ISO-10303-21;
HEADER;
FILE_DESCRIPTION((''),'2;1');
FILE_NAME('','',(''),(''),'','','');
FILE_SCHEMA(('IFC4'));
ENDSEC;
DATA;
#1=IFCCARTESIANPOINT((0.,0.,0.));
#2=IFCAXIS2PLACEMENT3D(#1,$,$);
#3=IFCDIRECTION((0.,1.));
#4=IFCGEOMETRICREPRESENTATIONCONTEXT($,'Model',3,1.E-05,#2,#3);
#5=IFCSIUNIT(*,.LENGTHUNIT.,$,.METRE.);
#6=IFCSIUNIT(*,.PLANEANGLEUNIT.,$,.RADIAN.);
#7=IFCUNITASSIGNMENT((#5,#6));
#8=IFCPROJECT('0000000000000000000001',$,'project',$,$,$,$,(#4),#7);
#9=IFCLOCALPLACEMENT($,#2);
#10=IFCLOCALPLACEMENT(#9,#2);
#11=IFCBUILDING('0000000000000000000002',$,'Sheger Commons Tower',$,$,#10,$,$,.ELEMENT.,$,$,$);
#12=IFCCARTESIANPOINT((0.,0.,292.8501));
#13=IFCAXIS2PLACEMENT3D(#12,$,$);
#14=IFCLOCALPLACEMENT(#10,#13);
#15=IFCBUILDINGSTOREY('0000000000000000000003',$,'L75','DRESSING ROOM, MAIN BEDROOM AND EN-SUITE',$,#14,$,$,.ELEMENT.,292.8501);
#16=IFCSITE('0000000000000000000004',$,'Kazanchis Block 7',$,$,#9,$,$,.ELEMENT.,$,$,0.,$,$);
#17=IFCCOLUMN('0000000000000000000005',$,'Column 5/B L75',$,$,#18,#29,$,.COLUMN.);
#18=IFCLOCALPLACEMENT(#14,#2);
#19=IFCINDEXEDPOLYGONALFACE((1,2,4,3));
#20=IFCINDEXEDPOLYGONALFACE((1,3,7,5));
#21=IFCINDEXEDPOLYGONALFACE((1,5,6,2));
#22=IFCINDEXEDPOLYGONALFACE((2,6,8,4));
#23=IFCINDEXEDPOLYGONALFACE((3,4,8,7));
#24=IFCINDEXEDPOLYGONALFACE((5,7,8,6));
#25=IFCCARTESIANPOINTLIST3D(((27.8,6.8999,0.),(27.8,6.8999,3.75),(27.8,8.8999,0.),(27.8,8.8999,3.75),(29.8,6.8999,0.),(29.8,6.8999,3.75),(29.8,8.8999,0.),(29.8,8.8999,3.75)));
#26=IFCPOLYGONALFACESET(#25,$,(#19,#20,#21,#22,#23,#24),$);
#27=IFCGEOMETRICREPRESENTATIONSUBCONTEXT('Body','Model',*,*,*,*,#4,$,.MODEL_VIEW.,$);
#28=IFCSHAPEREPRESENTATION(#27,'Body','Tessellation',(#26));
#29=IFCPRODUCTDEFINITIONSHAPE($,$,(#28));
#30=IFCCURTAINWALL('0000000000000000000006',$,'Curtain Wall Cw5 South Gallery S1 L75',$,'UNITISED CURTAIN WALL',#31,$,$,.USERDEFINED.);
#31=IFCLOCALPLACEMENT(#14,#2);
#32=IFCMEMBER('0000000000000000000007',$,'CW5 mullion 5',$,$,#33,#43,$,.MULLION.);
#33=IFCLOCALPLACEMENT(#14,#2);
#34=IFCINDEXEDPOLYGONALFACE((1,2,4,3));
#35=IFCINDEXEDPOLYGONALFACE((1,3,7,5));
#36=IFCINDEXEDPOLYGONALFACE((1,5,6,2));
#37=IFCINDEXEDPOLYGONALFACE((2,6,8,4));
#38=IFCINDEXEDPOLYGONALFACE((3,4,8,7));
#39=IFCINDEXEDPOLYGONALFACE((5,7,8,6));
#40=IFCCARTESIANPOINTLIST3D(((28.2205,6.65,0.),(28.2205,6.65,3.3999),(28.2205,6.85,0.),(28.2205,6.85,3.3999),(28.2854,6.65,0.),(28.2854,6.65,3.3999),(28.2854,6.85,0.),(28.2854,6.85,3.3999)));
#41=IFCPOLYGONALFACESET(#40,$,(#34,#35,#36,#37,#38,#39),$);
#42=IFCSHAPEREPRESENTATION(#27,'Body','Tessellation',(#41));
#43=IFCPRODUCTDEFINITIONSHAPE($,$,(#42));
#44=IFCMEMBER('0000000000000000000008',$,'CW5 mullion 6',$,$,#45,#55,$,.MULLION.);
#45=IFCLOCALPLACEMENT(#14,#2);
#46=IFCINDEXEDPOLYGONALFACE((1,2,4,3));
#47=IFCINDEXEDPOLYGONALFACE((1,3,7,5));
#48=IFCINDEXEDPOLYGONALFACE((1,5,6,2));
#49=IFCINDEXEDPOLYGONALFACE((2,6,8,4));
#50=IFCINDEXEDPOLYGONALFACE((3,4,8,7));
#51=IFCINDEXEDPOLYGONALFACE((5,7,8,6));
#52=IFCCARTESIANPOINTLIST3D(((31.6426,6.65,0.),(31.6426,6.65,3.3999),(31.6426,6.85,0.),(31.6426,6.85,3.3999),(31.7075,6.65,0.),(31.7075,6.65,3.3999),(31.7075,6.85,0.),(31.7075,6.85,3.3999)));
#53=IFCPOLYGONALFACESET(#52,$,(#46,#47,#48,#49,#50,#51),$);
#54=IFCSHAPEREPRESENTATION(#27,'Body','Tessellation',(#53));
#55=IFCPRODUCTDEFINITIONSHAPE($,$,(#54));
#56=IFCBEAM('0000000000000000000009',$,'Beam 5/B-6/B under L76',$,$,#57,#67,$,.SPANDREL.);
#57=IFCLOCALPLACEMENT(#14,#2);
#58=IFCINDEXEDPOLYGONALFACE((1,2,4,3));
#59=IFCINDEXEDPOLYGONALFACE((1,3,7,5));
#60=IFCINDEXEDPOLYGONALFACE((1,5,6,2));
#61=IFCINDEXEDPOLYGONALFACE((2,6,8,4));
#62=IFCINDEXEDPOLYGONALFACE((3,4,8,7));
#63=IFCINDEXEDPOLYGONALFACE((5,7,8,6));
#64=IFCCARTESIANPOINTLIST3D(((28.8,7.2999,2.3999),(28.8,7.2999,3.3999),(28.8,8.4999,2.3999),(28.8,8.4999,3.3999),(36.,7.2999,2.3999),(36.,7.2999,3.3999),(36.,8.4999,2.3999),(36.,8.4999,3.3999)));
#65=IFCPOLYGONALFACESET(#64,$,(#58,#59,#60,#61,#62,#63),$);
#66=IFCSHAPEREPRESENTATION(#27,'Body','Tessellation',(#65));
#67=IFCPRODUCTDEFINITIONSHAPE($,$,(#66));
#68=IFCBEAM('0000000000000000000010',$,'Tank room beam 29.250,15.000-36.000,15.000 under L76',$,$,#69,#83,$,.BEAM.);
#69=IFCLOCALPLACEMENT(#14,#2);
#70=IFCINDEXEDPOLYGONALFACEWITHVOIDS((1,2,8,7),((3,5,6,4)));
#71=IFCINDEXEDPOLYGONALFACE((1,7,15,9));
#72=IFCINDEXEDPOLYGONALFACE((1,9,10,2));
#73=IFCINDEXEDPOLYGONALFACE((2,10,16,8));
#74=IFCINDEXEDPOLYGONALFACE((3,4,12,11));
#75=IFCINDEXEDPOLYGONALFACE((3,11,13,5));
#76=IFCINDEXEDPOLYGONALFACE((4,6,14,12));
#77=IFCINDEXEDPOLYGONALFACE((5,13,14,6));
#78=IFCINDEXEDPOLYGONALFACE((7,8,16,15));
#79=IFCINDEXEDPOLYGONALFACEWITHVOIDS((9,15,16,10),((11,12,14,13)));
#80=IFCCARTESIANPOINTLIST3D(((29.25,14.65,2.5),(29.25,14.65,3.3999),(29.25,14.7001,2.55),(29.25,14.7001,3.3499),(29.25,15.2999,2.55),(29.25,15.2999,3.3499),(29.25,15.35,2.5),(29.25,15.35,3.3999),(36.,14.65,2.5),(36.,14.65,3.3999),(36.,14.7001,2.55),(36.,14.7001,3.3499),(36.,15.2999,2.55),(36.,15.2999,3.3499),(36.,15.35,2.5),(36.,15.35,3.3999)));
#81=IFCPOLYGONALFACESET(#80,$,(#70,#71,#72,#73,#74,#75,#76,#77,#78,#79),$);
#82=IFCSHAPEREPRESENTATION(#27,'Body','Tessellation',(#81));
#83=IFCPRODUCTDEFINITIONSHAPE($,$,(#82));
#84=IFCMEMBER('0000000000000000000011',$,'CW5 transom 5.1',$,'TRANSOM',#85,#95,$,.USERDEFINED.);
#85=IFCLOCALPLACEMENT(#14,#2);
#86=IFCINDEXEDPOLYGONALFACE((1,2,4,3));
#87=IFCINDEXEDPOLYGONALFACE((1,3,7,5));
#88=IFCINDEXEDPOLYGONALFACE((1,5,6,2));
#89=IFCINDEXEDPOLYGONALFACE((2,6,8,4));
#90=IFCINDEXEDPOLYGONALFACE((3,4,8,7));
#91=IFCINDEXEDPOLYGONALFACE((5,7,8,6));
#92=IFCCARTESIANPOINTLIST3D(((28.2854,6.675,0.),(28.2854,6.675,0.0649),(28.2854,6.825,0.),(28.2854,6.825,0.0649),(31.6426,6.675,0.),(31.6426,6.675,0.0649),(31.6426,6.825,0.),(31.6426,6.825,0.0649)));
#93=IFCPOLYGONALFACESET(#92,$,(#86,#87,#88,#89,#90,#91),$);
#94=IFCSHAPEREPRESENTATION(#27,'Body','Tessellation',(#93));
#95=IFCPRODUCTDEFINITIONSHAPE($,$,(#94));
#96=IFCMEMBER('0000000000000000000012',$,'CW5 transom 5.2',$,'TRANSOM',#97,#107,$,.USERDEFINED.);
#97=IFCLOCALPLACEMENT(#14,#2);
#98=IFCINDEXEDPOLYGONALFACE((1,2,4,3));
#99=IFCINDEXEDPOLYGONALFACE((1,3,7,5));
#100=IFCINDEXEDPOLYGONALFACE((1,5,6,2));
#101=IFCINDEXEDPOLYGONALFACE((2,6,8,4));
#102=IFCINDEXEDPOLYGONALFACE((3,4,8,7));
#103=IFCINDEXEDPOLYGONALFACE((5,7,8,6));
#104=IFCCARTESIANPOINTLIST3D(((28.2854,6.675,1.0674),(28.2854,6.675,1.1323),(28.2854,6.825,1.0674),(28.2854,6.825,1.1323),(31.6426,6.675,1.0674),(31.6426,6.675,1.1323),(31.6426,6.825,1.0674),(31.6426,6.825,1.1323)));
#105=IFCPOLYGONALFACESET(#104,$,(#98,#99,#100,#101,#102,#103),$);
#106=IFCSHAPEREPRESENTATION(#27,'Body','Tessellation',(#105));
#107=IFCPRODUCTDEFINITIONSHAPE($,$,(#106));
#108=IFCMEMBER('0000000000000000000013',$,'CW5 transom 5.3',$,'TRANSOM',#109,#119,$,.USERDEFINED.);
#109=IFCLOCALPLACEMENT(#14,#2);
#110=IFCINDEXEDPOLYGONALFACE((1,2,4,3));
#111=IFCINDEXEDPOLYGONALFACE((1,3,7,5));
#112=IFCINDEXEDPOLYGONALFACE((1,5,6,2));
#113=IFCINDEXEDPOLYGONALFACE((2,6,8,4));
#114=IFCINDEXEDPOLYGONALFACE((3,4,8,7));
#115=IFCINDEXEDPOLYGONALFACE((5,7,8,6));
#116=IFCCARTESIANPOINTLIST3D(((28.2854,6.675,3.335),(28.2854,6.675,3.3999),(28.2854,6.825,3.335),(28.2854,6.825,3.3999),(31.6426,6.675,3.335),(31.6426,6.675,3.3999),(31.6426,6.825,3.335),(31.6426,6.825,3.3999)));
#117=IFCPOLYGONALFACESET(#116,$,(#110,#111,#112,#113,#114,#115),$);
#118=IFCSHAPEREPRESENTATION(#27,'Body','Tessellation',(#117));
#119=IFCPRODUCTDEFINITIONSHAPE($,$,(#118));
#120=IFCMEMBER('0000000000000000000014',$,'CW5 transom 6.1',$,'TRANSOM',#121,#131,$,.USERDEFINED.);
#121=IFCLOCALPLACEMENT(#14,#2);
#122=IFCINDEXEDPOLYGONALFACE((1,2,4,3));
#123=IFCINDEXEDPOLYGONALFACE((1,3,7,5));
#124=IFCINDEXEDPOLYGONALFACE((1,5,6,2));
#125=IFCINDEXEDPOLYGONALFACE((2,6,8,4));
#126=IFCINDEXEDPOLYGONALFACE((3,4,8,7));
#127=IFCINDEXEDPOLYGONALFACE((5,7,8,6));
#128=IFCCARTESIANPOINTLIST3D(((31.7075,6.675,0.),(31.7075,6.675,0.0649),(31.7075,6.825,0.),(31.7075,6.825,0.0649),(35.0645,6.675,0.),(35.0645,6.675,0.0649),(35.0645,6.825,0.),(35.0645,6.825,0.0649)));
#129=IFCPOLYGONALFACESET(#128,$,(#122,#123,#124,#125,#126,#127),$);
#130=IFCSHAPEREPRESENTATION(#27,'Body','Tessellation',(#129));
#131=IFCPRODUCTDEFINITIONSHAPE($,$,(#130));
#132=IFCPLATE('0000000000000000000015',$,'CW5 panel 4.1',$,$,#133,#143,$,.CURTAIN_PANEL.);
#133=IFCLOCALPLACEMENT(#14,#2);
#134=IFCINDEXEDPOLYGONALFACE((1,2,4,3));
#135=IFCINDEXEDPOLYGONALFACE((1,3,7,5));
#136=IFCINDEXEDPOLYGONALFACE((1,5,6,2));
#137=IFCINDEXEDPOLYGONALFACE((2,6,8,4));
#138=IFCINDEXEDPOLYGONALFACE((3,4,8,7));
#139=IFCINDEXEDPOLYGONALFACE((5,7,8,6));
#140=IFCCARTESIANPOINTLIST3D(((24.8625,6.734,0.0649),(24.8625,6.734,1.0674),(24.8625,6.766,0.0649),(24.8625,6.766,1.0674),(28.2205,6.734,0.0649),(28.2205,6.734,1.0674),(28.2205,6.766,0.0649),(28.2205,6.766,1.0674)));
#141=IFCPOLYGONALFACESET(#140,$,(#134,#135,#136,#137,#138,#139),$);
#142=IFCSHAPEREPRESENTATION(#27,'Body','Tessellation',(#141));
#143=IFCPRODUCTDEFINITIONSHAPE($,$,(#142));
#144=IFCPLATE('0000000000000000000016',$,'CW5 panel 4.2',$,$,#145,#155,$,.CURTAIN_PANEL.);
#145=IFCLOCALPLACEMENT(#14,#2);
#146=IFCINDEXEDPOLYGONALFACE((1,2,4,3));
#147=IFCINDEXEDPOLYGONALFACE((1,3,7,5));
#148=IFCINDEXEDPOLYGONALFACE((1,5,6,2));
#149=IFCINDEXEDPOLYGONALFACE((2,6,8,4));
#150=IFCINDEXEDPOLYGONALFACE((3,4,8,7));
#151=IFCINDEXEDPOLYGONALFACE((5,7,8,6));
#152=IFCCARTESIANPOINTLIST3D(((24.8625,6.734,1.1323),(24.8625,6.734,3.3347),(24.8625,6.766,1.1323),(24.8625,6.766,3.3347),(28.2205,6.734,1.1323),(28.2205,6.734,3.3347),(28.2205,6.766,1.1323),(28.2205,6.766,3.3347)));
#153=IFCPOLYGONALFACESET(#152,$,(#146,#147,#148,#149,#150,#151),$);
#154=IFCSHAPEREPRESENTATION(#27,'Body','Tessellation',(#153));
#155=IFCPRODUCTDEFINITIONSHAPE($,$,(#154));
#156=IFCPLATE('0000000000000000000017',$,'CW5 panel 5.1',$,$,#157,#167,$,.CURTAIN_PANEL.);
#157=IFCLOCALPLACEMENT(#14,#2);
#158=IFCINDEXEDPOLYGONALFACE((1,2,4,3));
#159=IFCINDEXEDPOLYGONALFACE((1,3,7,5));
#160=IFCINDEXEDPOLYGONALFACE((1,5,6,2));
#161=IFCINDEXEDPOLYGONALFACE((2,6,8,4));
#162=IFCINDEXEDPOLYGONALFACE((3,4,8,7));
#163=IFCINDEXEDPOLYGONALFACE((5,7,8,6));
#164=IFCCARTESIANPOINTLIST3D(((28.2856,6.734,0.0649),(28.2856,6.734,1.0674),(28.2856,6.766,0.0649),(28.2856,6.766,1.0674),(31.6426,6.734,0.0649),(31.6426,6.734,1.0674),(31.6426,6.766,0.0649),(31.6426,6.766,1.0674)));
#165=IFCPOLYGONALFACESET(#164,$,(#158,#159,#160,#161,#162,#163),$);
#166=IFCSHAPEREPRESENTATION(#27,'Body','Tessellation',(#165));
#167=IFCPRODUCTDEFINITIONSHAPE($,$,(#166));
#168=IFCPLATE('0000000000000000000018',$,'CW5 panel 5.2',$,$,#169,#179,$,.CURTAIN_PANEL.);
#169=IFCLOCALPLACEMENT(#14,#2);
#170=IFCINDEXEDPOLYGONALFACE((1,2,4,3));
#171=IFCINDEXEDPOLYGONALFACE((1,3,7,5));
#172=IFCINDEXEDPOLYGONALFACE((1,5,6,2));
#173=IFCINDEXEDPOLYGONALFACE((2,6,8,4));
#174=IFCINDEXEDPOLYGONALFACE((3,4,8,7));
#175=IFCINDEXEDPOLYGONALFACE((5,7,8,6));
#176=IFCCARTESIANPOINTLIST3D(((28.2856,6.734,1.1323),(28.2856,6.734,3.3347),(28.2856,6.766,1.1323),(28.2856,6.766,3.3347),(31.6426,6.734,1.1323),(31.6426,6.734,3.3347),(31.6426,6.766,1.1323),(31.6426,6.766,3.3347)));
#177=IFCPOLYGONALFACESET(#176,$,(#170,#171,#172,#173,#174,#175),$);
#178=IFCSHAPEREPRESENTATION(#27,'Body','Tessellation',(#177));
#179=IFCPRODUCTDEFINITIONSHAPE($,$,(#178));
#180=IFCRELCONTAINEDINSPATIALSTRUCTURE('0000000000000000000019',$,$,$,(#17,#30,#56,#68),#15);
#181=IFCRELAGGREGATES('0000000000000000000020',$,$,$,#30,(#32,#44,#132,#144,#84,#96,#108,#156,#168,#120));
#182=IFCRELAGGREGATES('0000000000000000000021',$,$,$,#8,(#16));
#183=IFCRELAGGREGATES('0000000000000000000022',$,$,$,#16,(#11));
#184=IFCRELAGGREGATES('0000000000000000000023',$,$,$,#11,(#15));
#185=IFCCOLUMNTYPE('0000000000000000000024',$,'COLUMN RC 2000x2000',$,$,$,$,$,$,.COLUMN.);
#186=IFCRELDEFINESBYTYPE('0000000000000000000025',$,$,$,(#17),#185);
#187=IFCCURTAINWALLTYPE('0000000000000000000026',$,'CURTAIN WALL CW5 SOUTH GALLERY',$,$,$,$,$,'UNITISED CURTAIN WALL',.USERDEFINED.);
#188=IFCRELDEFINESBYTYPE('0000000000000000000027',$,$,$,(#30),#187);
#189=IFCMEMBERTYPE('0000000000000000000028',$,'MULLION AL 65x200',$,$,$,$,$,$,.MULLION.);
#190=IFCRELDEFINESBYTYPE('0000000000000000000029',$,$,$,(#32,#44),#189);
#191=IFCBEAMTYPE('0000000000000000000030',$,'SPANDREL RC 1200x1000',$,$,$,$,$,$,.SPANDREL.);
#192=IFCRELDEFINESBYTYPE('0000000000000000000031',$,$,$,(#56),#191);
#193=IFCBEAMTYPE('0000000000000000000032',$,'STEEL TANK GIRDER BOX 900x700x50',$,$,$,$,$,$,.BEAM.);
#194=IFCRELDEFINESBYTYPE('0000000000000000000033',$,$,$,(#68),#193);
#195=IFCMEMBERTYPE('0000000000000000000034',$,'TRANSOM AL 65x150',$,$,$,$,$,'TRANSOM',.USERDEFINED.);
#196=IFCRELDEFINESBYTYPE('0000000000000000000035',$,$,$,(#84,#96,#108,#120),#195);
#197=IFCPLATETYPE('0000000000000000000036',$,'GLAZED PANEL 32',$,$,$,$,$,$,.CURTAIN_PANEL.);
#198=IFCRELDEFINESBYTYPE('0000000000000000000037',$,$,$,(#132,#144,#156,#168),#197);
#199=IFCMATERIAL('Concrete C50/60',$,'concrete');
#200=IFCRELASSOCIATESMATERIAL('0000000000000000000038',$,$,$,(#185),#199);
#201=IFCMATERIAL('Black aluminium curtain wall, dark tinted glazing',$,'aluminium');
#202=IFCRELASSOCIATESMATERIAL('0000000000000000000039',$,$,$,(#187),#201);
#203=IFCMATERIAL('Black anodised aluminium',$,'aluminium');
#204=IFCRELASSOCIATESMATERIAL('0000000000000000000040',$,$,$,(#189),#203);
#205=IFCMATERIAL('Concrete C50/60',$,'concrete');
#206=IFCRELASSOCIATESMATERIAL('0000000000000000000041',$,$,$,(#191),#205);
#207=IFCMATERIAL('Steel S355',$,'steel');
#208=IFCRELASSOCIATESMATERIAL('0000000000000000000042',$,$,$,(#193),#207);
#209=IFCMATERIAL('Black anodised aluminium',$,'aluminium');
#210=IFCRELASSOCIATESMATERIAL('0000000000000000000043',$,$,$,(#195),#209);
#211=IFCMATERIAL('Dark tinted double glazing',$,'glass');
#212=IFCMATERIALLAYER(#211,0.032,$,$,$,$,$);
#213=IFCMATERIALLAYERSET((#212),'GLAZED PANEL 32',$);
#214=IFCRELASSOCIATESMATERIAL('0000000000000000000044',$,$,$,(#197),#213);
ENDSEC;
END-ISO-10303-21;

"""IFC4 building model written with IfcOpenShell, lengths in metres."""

from ifc_helpers import new_model, si_unit, direction, frame, origin, origin_2d, place, context, subcontext, project, spatial, rectangle, hollow_rectangle, extrude, material, layer, layer_set, material_profile, profile_set, type_object, element, aggregate, save


model = new_model("IFC4")

# Units and contexts
model_context = context("Model", 3, precision=1e-05, world=origin(), true_north=direction((0.0, 1.0)))
body_context = subcontext(model_context, "Body", "Model", "MODEL_VIEW")
ifc_project = project(units=[si_unit("LENGTHUNIT", "METRE"), si_unit("PLANEANGLEUNIT", "RADIAN")], contexts=[model_context])

# Site, building, storey
site_placement = place(None, origin())
site = spatial("IfcSite", under=ifc_project, at=site_placement, Name="Kazanchis Block 7", CompositionType="ELEMENT", RefElevation=0.0)
building_placement = place(site_placement, origin())
building = spatial("IfcBuilding", under=site, at=building_placement, Name="Sheger Commons Tower", CompositionType="ELEMENT")
storey_placement = place(building_placement, frame((0.0, 0.0, 292.8501)))
storey = spatial("IfcBuildingStorey", under=building, at=storey_placement, Name="L75", Description="DRESSING ROOM, MAIN BEDROOM AND EN-SUITE", CompositionType="ELEMENT", Elevation=292.8501)

# Column
ifc_material_1 = material(Name="Concrete C50/60", Category="concrete")
ifc_material_profile_1 = material_profile(ifc_material_1, rectangle(XDim=2.0, YDim=2.0, at=origin_2d()), Name="RC 2000x2000")
ifc_profile_set_1 = profile_set([ifc_material_profile_1], Name="Concrete C50/60")
column_type = type_object("IfcColumnType", Name="COLUMN RC 2000x2000", PredefinedType="COLUMN", material=ifc_profile_set_1)
column_placement = place(storey_placement, frame((28.8, 7.8999, 0.0), z_axis=(0.0, 0.0, 1.0), x_axis=(1.0, 0.0, 0.0)))
element("IfcColumn", 1, at=column_placement, inside=storey, type_object=column_type, Name="Column 5/B L75", PredefinedType="COLUMN", context=body_context, shape_type="SweptSolid", body=[
    extrude(rectangle(XDim=2.0, YDim=2.0, at=origin_2d()), origin(), (0.0, 0.0, 1.0), 3.75),
])

# Curtain wall, members
ifc_material_2 = material(Name="Black aluminium curtain wall, dark tinted glazing", Category="aluminium")
curtain_wall_type = type_object("IfcCurtainWallType", Name="CURTAIN WALL CW5 SOUTH GALLERY", ElementType="UNITISED CURTAIN WALL", PredefinedType="USERDEFINED", material=ifc_material_2)
curtain_wall_placement = place(storey_placement, origin())
curtain_wall = element("IfcCurtainWall", 2, at=curtain_wall_placement, inside=storey, type_object=curtain_wall_type, Name="Curtain Wall Cw5 South Gallery S1 L75", ObjectType="UNITISED CURTAIN WALL", PredefinedType="USERDEFINED")
ifc_material_3 = material(Name="Black anodised aluminium", Category="aluminium")
ifc_material_profile_2 = material_profile(ifc_material_3, rectangle(XDim=0.2, YDim=0.0649, at=origin_2d()), Name="AL 65x200")
ifc_profile_set_2 = profile_set([ifc_material_profile_2], Name="Black anodised aluminium")
member_type_1 = type_object("IfcMemberType", Name="MULLION AL 65x200", PredefinedType="MULLION", material=ifc_profile_set_2)
member_1_placement = place(storey_placement, frame((28.2529, 6.75, 0.0), z_axis=(0.0, 0.0, 1.0), x_axis=(0.0, 1.0, 0.0)))
member_1 = element("IfcMember", 3, at=member_1_placement, type_object=member_type_1, Name="CW5 mullion 5", PredefinedType="MULLION", context=body_context, shape_type="SweptSolid", body=[
    extrude(rectangle(XDim=0.2, YDim=0.0649, at=origin_2d()), origin(), (0.0, 0.0, 1.0), 3.3999),
])
member_2_placement = place(storey_placement, frame((31.675, 6.75, 0.0), z_axis=(0.0, 0.0, 1.0), x_axis=(0.0, 1.0, 0.0)))
member_2 = element("IfcMember", 4, at=member_2_placement, type_object=member_type_1, Name="CW5 mullion 6", PredefinedType="MULLION", context=body_context, shape_type="SweptSolid", body=[
    extrude(rectangle(XDim=0.2, YDim=0.0649, at=origin_2d()), origin(), (0.0, 0.0, 1.0), 3.3999),
])

# Beams
ifc_material_4 = material(Name="Concrete C50/60", Category="concrete")
ifc_material_profile_3 = material_profile(ifc_material_4, rectangle(XDim=1.2, YDim=1.0, at=origin_2d()), Name="RC 1200x1000")
ifc_profile_set_3 = profile_set([ifc_material_profile_3], Name="Concrete C50/60")
beam_type_1 = type_object("IfcBeamType", Name="SPANDREL RC 1200x1000", PredefinedType="SPANDREL", material=ifc_profile_set_3)
beam_1_placement = place(storey_placement, frame((28.8, 7.8999, 2.8999), z_axis=(1.0, 0.0, 0.0), x_axis=(0.0, 1.0, 0.0)))
element("IfcBeam", 5, at=beam_1_placement, inside=storey, type_object=beam_type_1, Name="Beam 5/B-6/B under L76", PredefinedType="SPANDREL", context=body_context, shape_type="SweptSolid", body=[
    extrude(rectangle(XDim=1.2, YDim=1.0, at=origin_2d()), origin(), (0.0, 0.0, 1.0), 7.2),
])
ifc_material_5 = material(Name="Steel S355", Category="steel")
ifc_material_profile_4 = material_profile(ifc_material_5, hollow_rectangle(XDim=0.7, YDim=0.8999, WallThickness=0.05, at=origin_2d()), Name="BOX 900x700x50")
ifc_profile_set_4 = profile_set([ifc_material_profile_4], Name="Steel S355")
beam_type_2 = type_object("IfcBeamType", Name="STEEL TANK GIRDER BOX 900x700x50", PredefinedType="BEAM", material=ifc_profile_set_4)
beam_2_placement = place(storey_placement, frame((29.25, 15.0, 2.95), z_axis=(1.0, 0.0, 0.0), x_axis=(0.0, 1.0, 0.0)))
element("IfcBeam", 6, at=beam_2_placement, inside=storey, type_object=beam_type_2, Name="Tank room beam 29.250,15.000-36.000,15.000 under L76", PredefinedType="BEAM", context=body_context, shape_type="SweptSolid", body=[
    extrude(hollow_rectangle(XDim=0.7, YDim=0.8999, WallThickness=0.05, at=origin_2d()), origin(), (0.0, 0.0, 1.0), 6.75),
])

# Members
ifc_material_6 = material(Name="Black anodised aluminium", Category="aluminium")
ifc_material_profile_5 = material_profile(ifc_material_6, rectangle(XDim=0.1499, YDim=0.0649, at=origin_2d()), Name="AL 65x150")
ifc_profile_set_5 = profile_set([ifc_material_profile_5], Name="Black anodised aluminium")
member_type_2 = type_object("IfcMemberType", Name="TRANSOM AL 65x150", ElementType="TRANSOM", PredefinedType="USERDEFINED", material=ifc_profile_set_5)
member_3_placement = place(storey_placement, frame((28.2854, 6.75, 0.0325), z_axis=(1.0, 0.0, 0.0), x_axis=(0.0, 1.0, 0.0)))
member_3 = element("IfcMember", 7, at=member_3_placement, type_object=member_type_2, Name="CW5 transom 5.1", ObjectType="TRANSOM", PredefinedType="USERDEFINED", context=body_context, shape_type="SweptSolid", body=[
    extrude(rectangle(XDim=0.1499, YDim=0.0649, at=origin_2d()), origin(), (0.0, 0.0, 1.0), 3.3572),
])
member_4_placement = place(storey_placement, frame((28.2854, 6.75, 1.0999), z_axis=(1.0, 0.0, 0.0), x_axis=(0.0, 1.0, 0.0)))
member_4 = element("IfcMember", 8, at=member_4_placement, type_object=member_type_2, Name="CW5 transom 5.2", ObjectType="TRANSOM", PredefinedType="USERDEFINED", context=body_context, shape_type="SweptSolid", body=[
    extrude(rectangle(XDim=0.1499, YDim=0.0649, at=origin_2d()), origin(), (0.0, 0.0, 1.0), 3.3572),
])
member_5_placement = place(storey_placement, frame((28.2854, 6.75, 3.3674), z_axis=(1.0, 0.0, 0.0), x_axis=(0.0, 1.0, 0.0)))
member_5 = element("IfcMember", 9, at=member_5_placement, type_object=member_type_2, Name="CW5 transom 5.3", ObjectType="TRANSOM", PredefinedType="USERDEFINED", context=body_context, shape_type="SweptSolid", body=[
    extrude(rectangle(XDim=0.1499, YDim=0.0649, at=origin_2d()), origin(), (0.0, 0.0, 1.0), 3.3572),
])
member_6_placement = place(storey_placement, frame((31.7075, 6.75, 0.0325), z_axis=(1.0, 0.0, 0.0), x_axis=(0.0, 1.0, 0.0)))
member_6 = element("IfcMember", 10, at=member_6_placement, type_object=member_type_2, Name="CW5 transom 6.1", ObjectType="TRANSOM", PredefinedType="USERDEFINED", context=body_context, shape_type="SweptSolid", body=[
    extrude(rectangle(XDim=0.1499, YDim=0.0649, at=origin_2d()), origin(), (0.0, 0.0, 1.0), 3.3569),
])

# Plates
ifc_material_7 = material(Name="Dark tinted double glazing", Category="glass")
ifc_layer_1 = layer(ifc_material_7, 0.032)
ifc_layer_set_1 = layer_set([ifc_layer_1], Name="GLAZED PANEL 32")
plate_type_1 = type_object("IfcPlateType", Name="GLAZED PANEL 32", PredefinedType="CURTAIN_PANEL", material=ifc_layer_set_1)
plate_1_placement = place(storey_placement, frame((26.5415, 6.75, 0.0649), z_axis=(0.0, 0.0, 1.0), x_axis=(1.0, 0.0, 0.0)))
plate_1 = element("IfcPlate", 11, at=plate_1_placement, type_object=plate_type_1, Name="CW5 panel 4.1", PredefinedType="CURTAIN_PANEL", context=body_context, shape_type="SweptSolid", body=[
    extrude(rectangle(XDim=3.3579, YDim=0.032, at=origin_2d()), origin(), (0.0, 0.0, 1.0), 1.0024),
])
plate_2_placement = place(storey_placement, frame((26.5415, 6.75, 1.1323), z_axis=(0.0, 0.0, 1.0), x_axis=(1.0, 0.0, 0.0)))
plate_2 = element("IfcPlate", 12, at=plate_2_placement, type_object=plate_type_1, Name="CW5 panel 4.2", PredefinedType="CURTAIN_PANEL", context=body_context, shape_type="SweptSolid", body=[
    extrude(rectangle(XDim=3.3579, YDim=0.032, at=origin_2d()), origin(), (0.0, 0.0, 1.0), 2.2024),
])
plate_3_placement = place(storey_placement, frame((29.9641, 6.75, 0.0649), z_axis=(0.0, 0.0, 1.0), x_axis=(1.0, 0.0, 0.0)))
plate_3 = element("IfcPlate", 13, at=plate_3_placement, type_object=plate_type_1, Name="CW5 panel 5.1", PredefinedType="CURTAIN_PANEL", context=body_context, shape_type="SweptSolid", body=[
    extrude(rectangle(XDim=3.3569, YDim=0.032, at=origin_2d()), origin(), (0.0, 0.0, 1.0), 1.0024),
])
plate_4_placement = place(storey_placement, frame((29.9641, 6.75, 1.1323), z_axis=(0.0, 0.0, 1.0), x_axis=(1.0, 0.0, 0.0)))
plate_4 = element("IfcPlate", 14, at=plate_4_placement, type_object=plate_type_1, Name="CW5 panel 5.2", PredefinedType="CURTAIN_PANEL", context=body_context, shape_type="SweptSolid", body=[
    extrude(rectangle(XDim=3.3569, YDim=0.032, at=origin_2d()), origin(), (0.0, 0.0, 1.0), 2.2024),
])
aggregate(curtain_wall, [member_1, member_2, plate_1, plate_2, member_3, member_4, member_5, plate_3, plate_4, member_6])

save(model, "model.ifc")
